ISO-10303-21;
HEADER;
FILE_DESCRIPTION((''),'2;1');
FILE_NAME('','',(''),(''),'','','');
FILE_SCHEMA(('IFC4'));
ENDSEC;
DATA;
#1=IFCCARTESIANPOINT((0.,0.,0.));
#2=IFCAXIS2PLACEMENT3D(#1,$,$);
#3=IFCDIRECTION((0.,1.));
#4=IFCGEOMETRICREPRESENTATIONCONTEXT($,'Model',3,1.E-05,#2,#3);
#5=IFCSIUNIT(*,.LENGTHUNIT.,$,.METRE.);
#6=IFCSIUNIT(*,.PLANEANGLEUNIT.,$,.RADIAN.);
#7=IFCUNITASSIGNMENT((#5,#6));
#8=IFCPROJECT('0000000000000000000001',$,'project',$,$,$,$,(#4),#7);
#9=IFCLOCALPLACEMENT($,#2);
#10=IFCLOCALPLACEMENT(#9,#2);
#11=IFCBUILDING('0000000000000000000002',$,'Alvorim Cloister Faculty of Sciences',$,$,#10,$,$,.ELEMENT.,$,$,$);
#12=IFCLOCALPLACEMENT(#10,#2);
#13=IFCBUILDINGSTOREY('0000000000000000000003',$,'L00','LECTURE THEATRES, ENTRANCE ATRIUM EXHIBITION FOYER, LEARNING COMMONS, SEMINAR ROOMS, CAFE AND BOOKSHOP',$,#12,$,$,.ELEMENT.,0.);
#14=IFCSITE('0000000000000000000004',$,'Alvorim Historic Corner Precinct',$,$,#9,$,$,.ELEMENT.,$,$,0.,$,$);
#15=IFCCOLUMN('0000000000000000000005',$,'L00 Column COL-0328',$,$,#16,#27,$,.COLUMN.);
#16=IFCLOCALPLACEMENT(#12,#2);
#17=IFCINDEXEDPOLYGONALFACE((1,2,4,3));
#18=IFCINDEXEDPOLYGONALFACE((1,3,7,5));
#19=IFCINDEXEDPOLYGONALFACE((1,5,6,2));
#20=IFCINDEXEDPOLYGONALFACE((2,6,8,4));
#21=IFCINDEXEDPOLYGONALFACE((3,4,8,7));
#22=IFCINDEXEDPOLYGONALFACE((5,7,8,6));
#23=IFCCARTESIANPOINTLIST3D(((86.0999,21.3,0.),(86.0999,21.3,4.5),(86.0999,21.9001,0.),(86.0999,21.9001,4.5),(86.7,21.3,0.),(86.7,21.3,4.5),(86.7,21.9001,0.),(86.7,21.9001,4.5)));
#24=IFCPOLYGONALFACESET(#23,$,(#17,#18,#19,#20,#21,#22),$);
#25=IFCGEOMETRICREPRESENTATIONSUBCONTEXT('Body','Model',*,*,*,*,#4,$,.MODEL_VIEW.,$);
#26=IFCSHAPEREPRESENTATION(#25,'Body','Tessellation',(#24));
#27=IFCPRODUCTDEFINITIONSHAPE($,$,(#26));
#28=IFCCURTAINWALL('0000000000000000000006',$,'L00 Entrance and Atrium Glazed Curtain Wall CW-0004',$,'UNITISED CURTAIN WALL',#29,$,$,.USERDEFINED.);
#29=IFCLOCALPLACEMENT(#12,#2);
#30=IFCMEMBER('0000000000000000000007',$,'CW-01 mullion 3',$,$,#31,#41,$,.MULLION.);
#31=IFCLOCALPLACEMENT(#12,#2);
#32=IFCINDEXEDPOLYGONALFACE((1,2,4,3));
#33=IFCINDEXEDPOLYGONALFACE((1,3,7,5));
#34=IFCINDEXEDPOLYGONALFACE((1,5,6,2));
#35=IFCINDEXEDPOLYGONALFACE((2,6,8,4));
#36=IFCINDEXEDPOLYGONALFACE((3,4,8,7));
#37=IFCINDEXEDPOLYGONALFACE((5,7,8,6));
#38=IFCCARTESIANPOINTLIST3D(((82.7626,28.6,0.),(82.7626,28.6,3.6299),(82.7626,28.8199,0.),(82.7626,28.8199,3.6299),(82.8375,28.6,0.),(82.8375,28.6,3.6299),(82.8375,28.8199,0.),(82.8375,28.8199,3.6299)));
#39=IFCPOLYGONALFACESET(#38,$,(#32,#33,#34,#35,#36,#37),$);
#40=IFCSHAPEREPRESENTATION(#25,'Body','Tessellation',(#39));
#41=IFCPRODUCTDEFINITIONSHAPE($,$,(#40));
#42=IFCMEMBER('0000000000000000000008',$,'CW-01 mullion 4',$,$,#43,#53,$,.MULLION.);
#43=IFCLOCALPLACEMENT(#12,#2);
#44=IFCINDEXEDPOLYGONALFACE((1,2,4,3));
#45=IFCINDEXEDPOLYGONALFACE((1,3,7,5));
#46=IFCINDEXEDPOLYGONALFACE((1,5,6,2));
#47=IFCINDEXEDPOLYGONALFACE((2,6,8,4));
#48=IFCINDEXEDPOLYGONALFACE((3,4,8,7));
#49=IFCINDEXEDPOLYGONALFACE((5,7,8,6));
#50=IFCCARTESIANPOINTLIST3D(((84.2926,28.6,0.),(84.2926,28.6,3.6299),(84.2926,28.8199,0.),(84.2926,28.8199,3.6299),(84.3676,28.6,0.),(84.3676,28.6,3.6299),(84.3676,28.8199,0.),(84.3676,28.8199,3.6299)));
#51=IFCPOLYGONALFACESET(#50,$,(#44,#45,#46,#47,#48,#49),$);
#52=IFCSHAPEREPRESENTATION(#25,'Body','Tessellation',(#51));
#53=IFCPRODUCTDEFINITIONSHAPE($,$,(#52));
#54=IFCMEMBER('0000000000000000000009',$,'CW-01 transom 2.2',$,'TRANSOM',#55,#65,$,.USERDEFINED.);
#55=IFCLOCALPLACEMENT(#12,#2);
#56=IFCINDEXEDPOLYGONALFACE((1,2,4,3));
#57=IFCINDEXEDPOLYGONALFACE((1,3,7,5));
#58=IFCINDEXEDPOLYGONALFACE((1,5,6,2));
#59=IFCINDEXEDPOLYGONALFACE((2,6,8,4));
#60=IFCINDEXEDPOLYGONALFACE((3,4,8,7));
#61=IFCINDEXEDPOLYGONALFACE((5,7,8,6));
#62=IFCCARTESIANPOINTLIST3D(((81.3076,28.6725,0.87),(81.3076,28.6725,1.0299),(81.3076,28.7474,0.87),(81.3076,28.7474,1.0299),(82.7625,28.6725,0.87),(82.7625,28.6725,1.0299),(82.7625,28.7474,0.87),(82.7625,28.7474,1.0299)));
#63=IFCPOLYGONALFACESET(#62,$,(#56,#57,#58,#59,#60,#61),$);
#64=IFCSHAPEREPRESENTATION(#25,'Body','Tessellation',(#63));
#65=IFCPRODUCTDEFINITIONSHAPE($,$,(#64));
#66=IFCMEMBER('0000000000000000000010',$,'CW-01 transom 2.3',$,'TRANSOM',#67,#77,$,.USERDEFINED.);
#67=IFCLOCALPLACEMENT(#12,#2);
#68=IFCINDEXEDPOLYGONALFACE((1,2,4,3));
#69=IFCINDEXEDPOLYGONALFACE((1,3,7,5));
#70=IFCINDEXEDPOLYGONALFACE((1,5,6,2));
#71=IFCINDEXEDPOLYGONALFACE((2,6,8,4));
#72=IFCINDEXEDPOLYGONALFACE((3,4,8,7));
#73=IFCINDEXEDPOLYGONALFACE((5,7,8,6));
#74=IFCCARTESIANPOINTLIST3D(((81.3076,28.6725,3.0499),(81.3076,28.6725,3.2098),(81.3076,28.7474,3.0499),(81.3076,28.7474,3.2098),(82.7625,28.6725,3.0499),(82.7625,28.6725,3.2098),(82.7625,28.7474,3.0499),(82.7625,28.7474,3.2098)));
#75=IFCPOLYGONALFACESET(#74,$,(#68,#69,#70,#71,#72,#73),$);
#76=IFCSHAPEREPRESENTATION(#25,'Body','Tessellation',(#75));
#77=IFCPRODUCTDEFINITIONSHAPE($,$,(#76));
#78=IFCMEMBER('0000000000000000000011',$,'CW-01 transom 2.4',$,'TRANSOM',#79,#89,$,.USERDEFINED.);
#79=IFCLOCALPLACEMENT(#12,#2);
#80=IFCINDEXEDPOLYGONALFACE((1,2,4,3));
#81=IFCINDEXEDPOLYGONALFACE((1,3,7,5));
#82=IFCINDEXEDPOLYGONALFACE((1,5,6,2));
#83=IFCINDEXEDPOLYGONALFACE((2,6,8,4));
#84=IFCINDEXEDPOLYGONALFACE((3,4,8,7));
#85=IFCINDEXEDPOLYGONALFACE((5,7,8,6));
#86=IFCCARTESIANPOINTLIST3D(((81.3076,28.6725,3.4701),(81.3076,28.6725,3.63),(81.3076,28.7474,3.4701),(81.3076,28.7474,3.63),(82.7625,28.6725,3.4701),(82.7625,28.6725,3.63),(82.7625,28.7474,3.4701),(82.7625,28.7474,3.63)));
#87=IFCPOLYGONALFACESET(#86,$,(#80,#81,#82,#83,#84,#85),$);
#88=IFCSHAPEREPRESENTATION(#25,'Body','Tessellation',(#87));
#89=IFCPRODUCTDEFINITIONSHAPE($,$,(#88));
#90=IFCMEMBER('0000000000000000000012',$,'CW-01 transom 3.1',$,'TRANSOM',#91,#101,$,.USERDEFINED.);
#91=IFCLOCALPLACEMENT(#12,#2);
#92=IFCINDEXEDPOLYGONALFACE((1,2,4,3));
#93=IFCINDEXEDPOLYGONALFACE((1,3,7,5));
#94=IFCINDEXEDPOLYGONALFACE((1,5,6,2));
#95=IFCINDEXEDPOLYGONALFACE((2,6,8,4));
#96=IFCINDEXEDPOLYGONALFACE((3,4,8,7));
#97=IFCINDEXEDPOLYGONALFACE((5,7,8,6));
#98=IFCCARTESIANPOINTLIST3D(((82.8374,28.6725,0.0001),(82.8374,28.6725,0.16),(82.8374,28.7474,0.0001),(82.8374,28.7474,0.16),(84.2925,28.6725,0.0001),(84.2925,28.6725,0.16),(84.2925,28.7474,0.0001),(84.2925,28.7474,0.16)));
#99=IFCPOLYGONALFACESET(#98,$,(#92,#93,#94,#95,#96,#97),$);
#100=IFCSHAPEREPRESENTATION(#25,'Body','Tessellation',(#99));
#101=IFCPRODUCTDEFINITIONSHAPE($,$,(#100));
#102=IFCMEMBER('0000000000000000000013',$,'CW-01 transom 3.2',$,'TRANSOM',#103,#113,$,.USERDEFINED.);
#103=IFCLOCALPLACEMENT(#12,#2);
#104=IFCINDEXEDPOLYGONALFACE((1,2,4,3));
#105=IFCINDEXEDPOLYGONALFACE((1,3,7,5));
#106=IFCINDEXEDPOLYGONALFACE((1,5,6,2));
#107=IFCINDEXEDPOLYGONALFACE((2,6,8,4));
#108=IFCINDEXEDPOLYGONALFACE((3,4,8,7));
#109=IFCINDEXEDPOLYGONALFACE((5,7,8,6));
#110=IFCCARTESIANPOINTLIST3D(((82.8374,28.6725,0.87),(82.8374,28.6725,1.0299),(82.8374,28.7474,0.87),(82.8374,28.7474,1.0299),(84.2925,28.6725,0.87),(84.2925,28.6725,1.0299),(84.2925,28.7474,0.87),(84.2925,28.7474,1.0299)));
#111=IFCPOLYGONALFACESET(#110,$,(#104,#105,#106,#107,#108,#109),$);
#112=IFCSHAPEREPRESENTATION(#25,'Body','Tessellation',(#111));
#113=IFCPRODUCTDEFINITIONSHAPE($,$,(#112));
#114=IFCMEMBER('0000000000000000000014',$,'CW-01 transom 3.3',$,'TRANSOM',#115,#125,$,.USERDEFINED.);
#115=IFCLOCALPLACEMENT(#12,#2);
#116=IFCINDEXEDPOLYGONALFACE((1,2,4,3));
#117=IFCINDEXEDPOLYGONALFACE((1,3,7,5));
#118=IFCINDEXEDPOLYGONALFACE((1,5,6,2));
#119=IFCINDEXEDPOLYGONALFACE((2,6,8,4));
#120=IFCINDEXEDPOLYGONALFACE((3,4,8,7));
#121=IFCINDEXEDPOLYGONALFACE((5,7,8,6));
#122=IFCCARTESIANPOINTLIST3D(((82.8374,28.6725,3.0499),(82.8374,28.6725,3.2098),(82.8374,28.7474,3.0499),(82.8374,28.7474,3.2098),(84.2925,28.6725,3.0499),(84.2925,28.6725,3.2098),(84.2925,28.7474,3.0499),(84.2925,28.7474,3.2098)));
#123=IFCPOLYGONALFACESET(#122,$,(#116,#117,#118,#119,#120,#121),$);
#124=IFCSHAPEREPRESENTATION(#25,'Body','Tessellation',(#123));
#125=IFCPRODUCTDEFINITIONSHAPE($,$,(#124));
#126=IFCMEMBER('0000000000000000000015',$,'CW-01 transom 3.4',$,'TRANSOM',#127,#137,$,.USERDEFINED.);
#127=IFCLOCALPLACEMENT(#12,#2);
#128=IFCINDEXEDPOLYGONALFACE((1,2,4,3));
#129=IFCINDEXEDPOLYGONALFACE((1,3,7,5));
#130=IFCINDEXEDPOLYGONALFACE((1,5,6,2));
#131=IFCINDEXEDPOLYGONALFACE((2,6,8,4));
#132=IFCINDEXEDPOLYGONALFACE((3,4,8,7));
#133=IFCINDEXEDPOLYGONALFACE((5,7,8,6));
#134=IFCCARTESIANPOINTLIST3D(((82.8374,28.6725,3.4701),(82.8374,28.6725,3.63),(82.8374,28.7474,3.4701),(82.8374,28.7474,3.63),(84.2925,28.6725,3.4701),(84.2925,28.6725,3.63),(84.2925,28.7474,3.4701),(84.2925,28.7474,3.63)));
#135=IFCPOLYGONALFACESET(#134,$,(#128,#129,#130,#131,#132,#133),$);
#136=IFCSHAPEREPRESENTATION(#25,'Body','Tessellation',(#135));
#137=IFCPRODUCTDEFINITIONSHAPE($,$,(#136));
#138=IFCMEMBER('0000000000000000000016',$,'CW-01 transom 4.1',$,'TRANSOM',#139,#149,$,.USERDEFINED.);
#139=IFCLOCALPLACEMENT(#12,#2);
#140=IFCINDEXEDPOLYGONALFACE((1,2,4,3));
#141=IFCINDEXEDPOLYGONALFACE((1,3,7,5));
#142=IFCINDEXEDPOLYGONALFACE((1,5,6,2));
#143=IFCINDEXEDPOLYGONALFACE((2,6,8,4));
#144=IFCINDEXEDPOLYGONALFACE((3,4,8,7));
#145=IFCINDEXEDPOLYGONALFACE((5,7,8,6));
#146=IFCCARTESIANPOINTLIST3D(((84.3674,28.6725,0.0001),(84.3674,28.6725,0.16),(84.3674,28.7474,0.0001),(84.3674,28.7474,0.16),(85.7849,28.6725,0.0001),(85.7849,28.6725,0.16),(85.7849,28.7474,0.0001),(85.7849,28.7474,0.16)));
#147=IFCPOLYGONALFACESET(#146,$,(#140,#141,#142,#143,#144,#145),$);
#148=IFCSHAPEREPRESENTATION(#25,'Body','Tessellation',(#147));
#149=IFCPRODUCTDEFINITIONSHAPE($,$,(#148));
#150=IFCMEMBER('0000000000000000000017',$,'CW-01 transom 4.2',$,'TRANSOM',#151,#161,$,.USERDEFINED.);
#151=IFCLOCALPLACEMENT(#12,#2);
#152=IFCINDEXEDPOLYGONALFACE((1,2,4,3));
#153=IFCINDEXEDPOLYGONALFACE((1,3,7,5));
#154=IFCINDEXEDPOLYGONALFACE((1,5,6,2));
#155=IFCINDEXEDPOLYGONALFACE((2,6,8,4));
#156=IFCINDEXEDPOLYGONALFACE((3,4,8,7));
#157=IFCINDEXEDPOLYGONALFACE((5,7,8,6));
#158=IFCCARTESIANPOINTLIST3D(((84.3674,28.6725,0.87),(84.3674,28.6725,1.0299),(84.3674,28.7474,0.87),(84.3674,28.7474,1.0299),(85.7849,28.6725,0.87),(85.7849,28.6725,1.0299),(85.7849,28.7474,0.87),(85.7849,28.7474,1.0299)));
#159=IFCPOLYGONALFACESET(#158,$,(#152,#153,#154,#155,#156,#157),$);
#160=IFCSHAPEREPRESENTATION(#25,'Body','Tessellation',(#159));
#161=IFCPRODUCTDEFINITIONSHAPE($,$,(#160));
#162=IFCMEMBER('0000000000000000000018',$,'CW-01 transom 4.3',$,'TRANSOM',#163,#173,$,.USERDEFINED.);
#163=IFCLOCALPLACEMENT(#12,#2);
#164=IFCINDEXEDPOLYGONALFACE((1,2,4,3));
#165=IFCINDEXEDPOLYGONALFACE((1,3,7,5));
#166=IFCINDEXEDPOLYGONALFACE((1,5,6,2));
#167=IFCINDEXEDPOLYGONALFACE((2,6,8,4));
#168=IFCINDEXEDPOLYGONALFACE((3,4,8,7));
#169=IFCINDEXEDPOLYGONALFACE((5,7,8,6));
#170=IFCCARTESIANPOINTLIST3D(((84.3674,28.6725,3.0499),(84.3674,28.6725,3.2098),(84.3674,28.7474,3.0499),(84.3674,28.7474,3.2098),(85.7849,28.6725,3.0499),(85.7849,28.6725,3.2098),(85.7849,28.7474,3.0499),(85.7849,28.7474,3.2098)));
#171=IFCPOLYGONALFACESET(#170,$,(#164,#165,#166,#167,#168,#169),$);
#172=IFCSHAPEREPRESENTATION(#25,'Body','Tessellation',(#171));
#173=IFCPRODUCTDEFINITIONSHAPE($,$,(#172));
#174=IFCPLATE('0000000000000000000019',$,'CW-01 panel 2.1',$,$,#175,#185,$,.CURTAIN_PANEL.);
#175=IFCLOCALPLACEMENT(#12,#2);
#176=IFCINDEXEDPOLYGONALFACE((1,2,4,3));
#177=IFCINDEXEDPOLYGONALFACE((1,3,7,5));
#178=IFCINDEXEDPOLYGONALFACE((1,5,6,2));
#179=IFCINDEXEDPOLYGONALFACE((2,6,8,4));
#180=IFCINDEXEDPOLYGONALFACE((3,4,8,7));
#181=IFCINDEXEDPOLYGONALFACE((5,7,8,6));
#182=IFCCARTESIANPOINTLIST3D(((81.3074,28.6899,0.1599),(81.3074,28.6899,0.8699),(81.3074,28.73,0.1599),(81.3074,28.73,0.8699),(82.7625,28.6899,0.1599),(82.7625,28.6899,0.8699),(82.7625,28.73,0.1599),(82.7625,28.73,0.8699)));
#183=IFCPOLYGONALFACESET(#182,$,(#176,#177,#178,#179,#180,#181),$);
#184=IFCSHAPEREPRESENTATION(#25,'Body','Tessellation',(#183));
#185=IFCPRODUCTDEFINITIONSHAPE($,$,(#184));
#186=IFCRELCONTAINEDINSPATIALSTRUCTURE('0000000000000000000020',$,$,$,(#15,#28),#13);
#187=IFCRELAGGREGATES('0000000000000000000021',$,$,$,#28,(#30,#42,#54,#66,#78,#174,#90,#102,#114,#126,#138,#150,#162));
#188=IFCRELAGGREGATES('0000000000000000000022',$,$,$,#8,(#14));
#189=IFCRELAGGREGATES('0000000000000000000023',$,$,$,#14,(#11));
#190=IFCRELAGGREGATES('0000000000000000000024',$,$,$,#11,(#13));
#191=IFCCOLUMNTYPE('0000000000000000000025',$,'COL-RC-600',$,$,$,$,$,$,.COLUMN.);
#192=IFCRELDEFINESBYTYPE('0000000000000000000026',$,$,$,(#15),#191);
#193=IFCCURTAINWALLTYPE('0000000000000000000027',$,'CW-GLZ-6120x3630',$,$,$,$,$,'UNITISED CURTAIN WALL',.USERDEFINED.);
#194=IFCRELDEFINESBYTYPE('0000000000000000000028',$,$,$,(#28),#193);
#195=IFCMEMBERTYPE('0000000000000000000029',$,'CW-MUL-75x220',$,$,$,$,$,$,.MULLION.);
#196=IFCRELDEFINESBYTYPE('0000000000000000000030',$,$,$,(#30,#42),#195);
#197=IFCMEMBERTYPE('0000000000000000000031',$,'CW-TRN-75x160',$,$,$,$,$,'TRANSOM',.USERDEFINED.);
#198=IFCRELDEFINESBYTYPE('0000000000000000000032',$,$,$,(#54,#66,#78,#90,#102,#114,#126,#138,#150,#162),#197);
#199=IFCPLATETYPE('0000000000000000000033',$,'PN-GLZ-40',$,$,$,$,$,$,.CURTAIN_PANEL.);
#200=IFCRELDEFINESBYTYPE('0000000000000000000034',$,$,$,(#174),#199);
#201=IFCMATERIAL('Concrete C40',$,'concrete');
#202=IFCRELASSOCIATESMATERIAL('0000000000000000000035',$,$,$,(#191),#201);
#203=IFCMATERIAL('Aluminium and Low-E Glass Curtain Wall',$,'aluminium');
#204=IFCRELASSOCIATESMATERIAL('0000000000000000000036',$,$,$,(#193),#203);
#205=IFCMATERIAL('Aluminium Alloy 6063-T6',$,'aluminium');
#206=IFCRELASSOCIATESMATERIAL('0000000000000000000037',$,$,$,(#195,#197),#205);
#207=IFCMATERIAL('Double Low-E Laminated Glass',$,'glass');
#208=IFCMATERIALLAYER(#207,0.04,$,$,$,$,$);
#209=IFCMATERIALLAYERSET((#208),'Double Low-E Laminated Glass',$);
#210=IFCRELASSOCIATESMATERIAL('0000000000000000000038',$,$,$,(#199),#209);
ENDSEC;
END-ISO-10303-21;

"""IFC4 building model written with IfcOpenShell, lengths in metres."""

from ifc_helpers import new_model, si_unit, direction, frame, origin, origin_2d, place, context, subcontext, project, spatial, rectangle, extrude, material, layer, layer_set, material_profile, profile_set, type_object, element, aggregate, save


model = new_model("IFC4")

# Units and contexts
model_context = context("Model", 3, precision=1e-05, world=origin(), true_north=direction((0.0, 1.0)))
body_context = subcontext(model_context, "Body", "Model", "MODEL_VIEW")
ifc_project = project(units=[si_unit("LENGTHUNIT", "METRE"), si_unit("PLANEANGLEUNIT", "RADIAN")], contexts=[model_context])

# Site, building, storey
site_placement = place(None, origin())
site = spatial("IfcSite", under=ifc_project, at=site_placement, Name="Alvorim Historic Corner Precinct", CompositionType="ELEMENT", RefElevation=0.0)
building_placement = place(site_placement, origin())
building = spatial("IfcBuilding", under=site, at=building_placement, Name="Alvorim Cloister Faculty of Sciences", CompositionType="ELEMENT")
storey_placement = place(building_placement, origin())
storey = spatial("IfcBuildingStorey", under=building, at=storey_placement, Name="L00", Description="LECTURE THEATRES, ENTRANCE ATRIUM EXHIBITION FOYER, LEARNING COMMONS, SEMINAR ROOMS, CAFE AND BOOKSHOP", CompositionType="ELEMENT", Elevation=0.0)

# Column
ifc_material_1 = material(Name="Concrete C40", Category="concrete")
ifc_material_profile_1 = material_profile(ifc_material_1, rectangle(XDim=0.6001, YDim=0.6001, at=origin_2d()), Name="RC40-COL-600x600")
ifc_profile_set_1 = profile_set([ifc_material_profile_1], Name="Concrete C40")
column_type = type_object("IfcColumnType", Name="COL-RC-600", PredefinedType="COLUMN", material=ifc_profile_set_1)
column_placement = place(storey_placement, frame((86.3999, 21.6001, 0.0), z_axis=(0.0, 0.0, 1.0), x_axis=(1.0, 0.0, 0.0)))
element("IfcColumn", 1, at=column_placement, inside=storey, type_object=column_type, Name="L00 Column COL-0328", PredefinedType="COLUMN", context=body_context, shape_type="SweptSolid", body=[
    extrude(rectangle(XDim=0.6001, YDim=0.6001, at=origin_2d()), origin(), (0.0, 0.0, 1.0), 4.5),
])

# Curtain wall, members, plate
ifc_material_2 = material(Name="Aluminium and Low-E Glass Curtain Wall", Category="aluminium")
curtain_wall_type = type_object("IfcCurtainWallType", Name="CW-GLZ-6120x3630", ElementType="UNITISED CURTAIN WALL", PredefinedType="USERDEFINED", material=ifc_material_2)
curtain_wall_placement = place(storey_placement, origin())
curtain_wall = element("IfcCurtainWall", 2, at=curtain_wall_placement, inside=storey, type_object=curtain_wall_type, Name="L00 Entrance and Atrium Glazed Curtain Wall CW-0004", ObjectType="UNITISED CURTAIN WALL", PredefinedType="USERDEFINED")
ifc_material_3 = material(Name="Aluminium Alloy 6063-T6", Category="aluminium")
ifc_material_profile_2 = material_profile(ifc_material_3, rectangle(XDim=0.075, YDim=0.22, at=origin_2d()), Name="ALU-MUL-75x220")
ifc_profile_set_2 = profile_set([ifc_material_profile_2], Name="Aluminium Alloy 6063-T6")
member_type_1 = type_object("IfcMemberType", Name="CW-MUL-75x220", PredefinedType="MULLION", material=ifc_profile_set_2)
member_1_placement = place(storey_placement, frame((82.8, 28.71, 0.0), z_axis=(0.0, 0.0, 1.0), x_axis=(1.0, 0.0, 0.0)))
member_1 = element("IfcMember", 3, at=member_1_placement, type_object=member_type_1, Name="CW-01 mullion 3", PredefinedType="MULLION", context=body_context, shape_type="SweptSolid", body=[
    extrude(rectangle(XDim=0.075, YDim=0.22, at=origin_2d()), origin(), (0.0, 0.0, 1.0), 3.6299),
])
member_2_placement = place(storey_placement, frame((84.3301, 28.71, 0.0), z_axis=(0.0, 0.0, 1.0), x_axis=(1.0, 0.0, 0.0)))
member_2 = element("IfcMember", 4, at=member_2_placement, type_object=member_type_1, Name="CW-01 mullion 4", PredefinedType="MULLION", context=body_context, shape_type="SweptSolid", body=[
    extrude(rectangle(XDim=0.075, YDim=0.22, at=origin_2d()), origin(), (0.0, 0.0, 1.0), 3.6299),
])
ifc_material_profile_3 = material_profile(ifc_material_3, rectangle(XDim=0.075, YDim=0.1599, at=origin_2d()), Name="ALU-TRN-75x160")
ifc_profile_set_3 = profile_set([ifc_material_profile_3], Name="Aluminium Alloy 6063-T6")
member_type_2 = type_object("IfcMemberType", Name="CW-TRN-75x160", ElementType="TRANSOM", PredefinedType="USERDEFINED", material=ifc_profile_set_3)
member_3_placement = place(storey_placement, frame((81.3076, 28.71, 0.95), z_axis=(1.0, 0.0, 0.0), x_axis=(0.0, 1.0, 0.0)))
member_3 = element("IfcMember", 5, at=member_3_placement, type_object=member_type_2, Name="CW-01 transom 2.2", ObjectType="TRANSOM", PredefinedType="USERDEFINED", context=body_context, shape_type="SweptSolid", body=[
    extrude(rectangle(XDim=0.075, YDim=0.1599, at=origin_2d()), origin(), (0.0, 0.0, 1.0), 1.4548),
])
member_4_placement = place(storey_placement, frame((81.3076, 28.71, 3.1299), z_axis=(1.0, 0.0, 0.0), x_axis=(0.0, 1.0, 0.0)))
member_4 = element("IfcMember", 6, at=member_4_placement, type_object=member_type_2, Name="CW-01 transom 2.3", ObjectType="TRANSOM", PredefinedType="USERDEFINED", context=body_context, shape_type="SweptSolid", body=[
    extrude(rectangle(XDim=0.075, YDim=0.1599, at=origin_2d()), origin(), (0.0, 0.0, 1.0), 1.4548),
])
member_5_placement = place(storey_placement, frame((81.3076, 28.71, 3.55), z_axis=(1.0, 0.0, 0.0), x_axis=(0.0, 1.0, 0.0)))
member_5 = element("IfcMember", 7, at=member_5_placement, type_object=member_type_2, Name="CW-01 transom 2.4", ObjectType="TRANSOM", PredefinedType="USERDEFINED", context=body_context, shape_type="SweptSolid", body=[
    extrude(rectangle(XDim=0.075, YDim=0.1599, at=origin_2d()), origin(), (0.0, 0.0, 1.0), 1.4548),
])
member_6_placement = place(storey_placement, frame((82.8374, 28.71, 0.0801), z_axis=(1.0, 0.0, 0.0), x_axis=(0.0, 1.0, 0.0)))
member_6 = element("IfcMember", 8, at=member_6_placement, type_object=member_type_2, Name="CW-01 transom 3.1", ObjectType="TRANSOM", PredefinedType="USERDEFINED", context=body_context, shape_type="SweptSolid", body=[
    extrude(rectangle(XDim=0.075, YDim=0.1599, at=origin_2d()), origin(), (0.0, 0.0, 1.0), 1.4551),
])
member_7_placement = place(storey_placement, frame((82.8374, 28.71, 0.95), z_axis=(1.0, 0.0, 0.0), x_axis=(0.0, 1.0, 0.0)))
member_7 = element("IfcMember", 9, at=member_7_placement, type_object=member_type_2, Name="CW-01 transom 3.2", ObjectType="TRANSOM", PredefinedType="USERDEFINED", context=body_context, shape_type="SweptSolid", body=[
    extrude(rectangle(XDim=0.075, YDim=0.1599, at=origin_2d()), origin(), (0.0, 0.0, 1.0), 1.4551),
])
member_8_placement = place(storey_placement, frame((82.8374, 28.71, 3.1299), z_axis=(1.0, 0.0, 0.0), x_axis=(0.0, 1.0, 0.0)))
member_8 = element("IfcMember", 10, at=member_8_placement, type_object=member_type_2, Name="CW-01 transom 3.3", ObjectType="TRANSOM", PredefinedType="USERDEFINED", context=body_context, shape_type="SweptSolid", body=[
    extrude(rectangle(XDim=0.075, YDim=0.1599, at=origin_2d()), origin(), (0.0, 0.0, 1.0), 1.4551),
])
member_9_placement = place(storey_placement, frame((82.8374, 28.71, 3.55), z_axis=(1.0, 0.0, 0.0), x_axis=(0.0, 1.0, 0.0)))
member_9 = element("IfcMember", 11, at=member_9_placement, type_object=member_type_2, Name="CW-01 transom 3.4", ObjectType="TRANSOM", PredefinedType="USERDEFINED", context=body_context, shape_type="SweptSolid", body=[
    extrude(rectangle(XDim=0.075, YDim=0.1599, at=origin_2d()), origin(), (0.0, 0.0, 1.0), 1.4551),
])
member_10_placement = place(storey_placement, frame((84.3674, 28.71, 0.0801), z_axis=(1.0, 0.0, 0.0), x_axis=(0.0, 1.0, 0.0)))
member_10 = element("IfcMember", 12, at=member_10_placement, type_object=member_type_2, Name="CW-01 transom 4.1", ObjectType="TRANSOM", PredefinedType="USERDEFINED", context=body_context, shape_type="SweptSolid", body=[
    extrude(rectangle(XDim=0.075, YDim=0.1599, at=origin_2d()), origin(), (0.0, 0.0, 1.0), 1.4175),
])
member_11_placement = place(storey_placement, frame((84.3674, 28.71, 0.95), z_axis=(1.0, 0.0, 0.0), x_axis=(0.0, 1.0, 0.0)))
member_11 = element("IfcMember", 13, at=member_11_placement, type_object=member_type_2, Name="CW-01 transom 4.2", ObjectType="TRANSOM", PredefinedType="USERDEFINED", context=body_context, shape_type="SweptSolid", body=[
    extrude(rectangle(XDim=0.075, YDim=0.1599, at=origin_2d()), origin(), (0.0, 0.0, 1.0), 1.4175),
])
member_12_placement = place(storey_placement, frame((84.3674, 28.71, 3.1299), z_axis=(1.0, 0.0, 0.0), x_axis=(0.0, 1.0, 0.0)))
member_12 = element("IfcMember", 14, at=member_12_placement, type_object=member_type_2, Name="CW-01 transom 4.3", ObjectType="TRANSOM", PredefinedType="USERDEFINED", context=body_context, shape_type="SweptSolid", body=[
    extrude(rectangle(XDim=0.075, YDim=0.1599, at=origin_2d()), origin(), (0.0, 0.0, 1.0), 1.4175),
])
ifc_material_4 = material(Name="Double Low-E Laminated Glass", Category="glass")
ifc_layer = layer(ifc_material_4, 0.04)
ifc_layer_set = layer_set([ifc_layer], Name="Double Low-E Laminated Glass")
plate_type = type_object("IfcPlateType", Name="PN-GLZ-40", PredefinedType="CURTAIN_PANEL", material=ifc_layer_set)
plate_1_placement = place(storey_placement, frame((82.0349, 28.71, 0.1599), z_axis=(0.0, 0.0, 1.0), x_axis=(1.0, 0.0, 0.0)))
plate_1 = element("IfcPlate", 15, at=plate_1_placement, type_object=plate_type, Name="CW-01 panel 2.1", PredefinedType="CURTAIN_PANEL", context=body_context, shape_type="SweptSolid", body=[
    extrude(rectangle(XDim=1.4551, YDim=0.04, at=origin_2d()), origin(), (0.0, 0.0, 1.0), 0.71),
])
aggregate(curtain_wall, [member_1, member_2, member_3, member_4, member_5, plate_1, member_6, member_7, member_8, member_9, member_10, member_11, member_12])

save(model, "model.ifc")
